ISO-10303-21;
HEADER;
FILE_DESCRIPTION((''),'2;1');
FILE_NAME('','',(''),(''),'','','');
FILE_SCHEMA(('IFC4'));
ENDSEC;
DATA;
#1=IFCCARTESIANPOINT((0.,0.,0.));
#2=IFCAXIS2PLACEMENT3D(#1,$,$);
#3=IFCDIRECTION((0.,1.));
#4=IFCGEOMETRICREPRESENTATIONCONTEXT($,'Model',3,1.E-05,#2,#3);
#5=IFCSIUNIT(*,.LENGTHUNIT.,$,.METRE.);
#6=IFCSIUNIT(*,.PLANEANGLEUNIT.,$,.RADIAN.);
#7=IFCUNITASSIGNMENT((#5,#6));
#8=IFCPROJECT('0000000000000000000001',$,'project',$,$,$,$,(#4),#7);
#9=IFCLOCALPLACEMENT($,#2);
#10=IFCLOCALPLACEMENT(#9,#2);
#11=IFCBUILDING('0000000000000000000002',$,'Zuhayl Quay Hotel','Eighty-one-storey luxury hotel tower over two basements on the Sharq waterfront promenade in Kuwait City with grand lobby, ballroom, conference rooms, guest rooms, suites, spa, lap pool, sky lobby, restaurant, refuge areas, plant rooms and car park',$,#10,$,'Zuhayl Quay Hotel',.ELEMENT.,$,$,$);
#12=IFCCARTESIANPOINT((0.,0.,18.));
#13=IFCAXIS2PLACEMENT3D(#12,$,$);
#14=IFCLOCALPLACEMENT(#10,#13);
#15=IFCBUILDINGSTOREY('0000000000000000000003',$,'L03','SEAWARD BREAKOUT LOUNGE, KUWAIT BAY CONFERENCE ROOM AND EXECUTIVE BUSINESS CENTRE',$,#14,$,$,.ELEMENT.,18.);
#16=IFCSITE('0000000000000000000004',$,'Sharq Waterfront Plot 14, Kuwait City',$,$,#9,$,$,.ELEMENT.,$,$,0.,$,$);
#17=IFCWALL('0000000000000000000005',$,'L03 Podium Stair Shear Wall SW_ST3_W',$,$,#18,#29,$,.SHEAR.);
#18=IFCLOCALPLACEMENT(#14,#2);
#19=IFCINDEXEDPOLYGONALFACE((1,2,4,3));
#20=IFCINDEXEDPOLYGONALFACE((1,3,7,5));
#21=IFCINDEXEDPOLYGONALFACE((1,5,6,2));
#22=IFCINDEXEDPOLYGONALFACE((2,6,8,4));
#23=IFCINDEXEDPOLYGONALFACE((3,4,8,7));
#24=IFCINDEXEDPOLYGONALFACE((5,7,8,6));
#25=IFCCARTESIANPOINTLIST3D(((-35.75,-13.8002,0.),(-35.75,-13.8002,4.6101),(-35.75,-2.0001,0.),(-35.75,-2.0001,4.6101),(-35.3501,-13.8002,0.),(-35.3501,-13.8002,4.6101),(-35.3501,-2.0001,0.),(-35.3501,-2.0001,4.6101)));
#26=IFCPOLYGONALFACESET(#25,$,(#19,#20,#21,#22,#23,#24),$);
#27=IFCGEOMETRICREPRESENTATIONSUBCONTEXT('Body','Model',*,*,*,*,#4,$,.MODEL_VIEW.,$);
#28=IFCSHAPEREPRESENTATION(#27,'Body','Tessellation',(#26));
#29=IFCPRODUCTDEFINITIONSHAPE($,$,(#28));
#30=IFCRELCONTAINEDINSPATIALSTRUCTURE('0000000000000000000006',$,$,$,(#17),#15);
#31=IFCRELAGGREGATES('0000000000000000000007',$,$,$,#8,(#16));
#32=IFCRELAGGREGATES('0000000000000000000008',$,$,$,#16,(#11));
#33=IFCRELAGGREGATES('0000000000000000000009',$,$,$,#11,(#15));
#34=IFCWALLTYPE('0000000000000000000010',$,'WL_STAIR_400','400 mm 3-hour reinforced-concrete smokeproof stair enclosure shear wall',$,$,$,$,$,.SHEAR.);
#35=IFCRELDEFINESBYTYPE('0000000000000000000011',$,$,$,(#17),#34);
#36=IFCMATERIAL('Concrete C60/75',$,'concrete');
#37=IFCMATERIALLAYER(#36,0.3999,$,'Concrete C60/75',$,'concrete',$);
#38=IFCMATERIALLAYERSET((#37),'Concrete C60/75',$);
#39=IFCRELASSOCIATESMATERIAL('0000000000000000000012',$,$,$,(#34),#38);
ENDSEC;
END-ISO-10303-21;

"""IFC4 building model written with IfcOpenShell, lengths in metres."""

from ifc_helpers import new_model, si_unit, direction, frame, frame_2d, origin, place, context, subcontext, project, spatial, rectangle, extrude, material, layer, layer_set, type_object, element, save


model = new_model("IFC4")

# Units and contexts
model_context = context("Model", 3, precision=1e-05, world=origin(), true_north=direction((0.0, 1.0)))
body_context = subcontext(model_context, "Body", "Model", "MODEL_VIEW")
ifc_project = project(units=[si_unit("LENGTHUNIT", "METRE"), si_unit("PLANEANGLEUNIT", "RADIAN")], contexts=[model_context])

# Site, building, storey
site_placement = place(None, origin())
site = spatial("IfcSite", under=ifc_project, at=site_placement, Name="Sharq Waterfront Plot 14, Kuwait City", CompositionType="ELEMENT", RefElevation=0.0)
building_placement = place(site_placement, origin())
building = spatial("IfcBuilding", under=site, at=building_placement, Name="Zuhayl Quay Hotel", Description="Eighty-one-storey luxury hotel tower over two basements on the Sharq waterfront promenade in Kuwait City with grand lobby, ballroom, conference rooms, guest rooms, suites, spa, lap pool, sky lobby, restaurant, refuge areas, plant rooms and car park", LongName="Zuhayl Quay Hotel", CompositionType="ELEMENT")
storey_placement = place(building_placement, frame((0.0, 0.0, 18.0)))
storey = spatial("IfcBuildingStorey", under=building, at=storey_placement, Name="L03", Description="SEAWARD BREAKOUT LOUNGE, KUWAIT BAY CONFERENCE ROOM AND EXECUTIVE BUSINESS CENTRE", CompositionType="ELEMENT", Elevation=18.0)

# Wall
ifc_material_1 = material(Name="Concrete C60/75", Category="concrete")
ifc_layer_1 = layer(ifc_material_1, 0.3999, Name="Concrete C60/75", Category="concrete")
ifc_layer_set_1 = layer_set([ifc_layer_1], Name="Concrete C60/75")
wall_type_1 = type_object("IfcWallType", Name="WL_STAIR_400", Description="400 mm 3-hour reinforced-concrete smokeproof stair enclosure shear wall", PredefinedType="SHEAR", material=ifc_layer_set_1)
wall_1_placement = place(storey_placement, frame((-35.55, -13.8, 0.0), z_axis=(0.0, 0.0, 1.0), x_axis=(0.0, 1.0, 0.0)))
element("IfcWall", 1, at=wall_1_placement, inside=storey, type_object=wall_type_1, Name="L03 Podium Stair Shear Wall SW_ST3_W", PredefinedType="SHEAR", context=body_context, shape_type="SweptSolid", body=[
    extrude(rectangle(XDim=11.8, YDim=0.3999, at=frame_2d((5.8999, 0.0))), origin(), (0.0, 0.0, 1.0), 4.6101),
])

save(model, "model.ifc")
